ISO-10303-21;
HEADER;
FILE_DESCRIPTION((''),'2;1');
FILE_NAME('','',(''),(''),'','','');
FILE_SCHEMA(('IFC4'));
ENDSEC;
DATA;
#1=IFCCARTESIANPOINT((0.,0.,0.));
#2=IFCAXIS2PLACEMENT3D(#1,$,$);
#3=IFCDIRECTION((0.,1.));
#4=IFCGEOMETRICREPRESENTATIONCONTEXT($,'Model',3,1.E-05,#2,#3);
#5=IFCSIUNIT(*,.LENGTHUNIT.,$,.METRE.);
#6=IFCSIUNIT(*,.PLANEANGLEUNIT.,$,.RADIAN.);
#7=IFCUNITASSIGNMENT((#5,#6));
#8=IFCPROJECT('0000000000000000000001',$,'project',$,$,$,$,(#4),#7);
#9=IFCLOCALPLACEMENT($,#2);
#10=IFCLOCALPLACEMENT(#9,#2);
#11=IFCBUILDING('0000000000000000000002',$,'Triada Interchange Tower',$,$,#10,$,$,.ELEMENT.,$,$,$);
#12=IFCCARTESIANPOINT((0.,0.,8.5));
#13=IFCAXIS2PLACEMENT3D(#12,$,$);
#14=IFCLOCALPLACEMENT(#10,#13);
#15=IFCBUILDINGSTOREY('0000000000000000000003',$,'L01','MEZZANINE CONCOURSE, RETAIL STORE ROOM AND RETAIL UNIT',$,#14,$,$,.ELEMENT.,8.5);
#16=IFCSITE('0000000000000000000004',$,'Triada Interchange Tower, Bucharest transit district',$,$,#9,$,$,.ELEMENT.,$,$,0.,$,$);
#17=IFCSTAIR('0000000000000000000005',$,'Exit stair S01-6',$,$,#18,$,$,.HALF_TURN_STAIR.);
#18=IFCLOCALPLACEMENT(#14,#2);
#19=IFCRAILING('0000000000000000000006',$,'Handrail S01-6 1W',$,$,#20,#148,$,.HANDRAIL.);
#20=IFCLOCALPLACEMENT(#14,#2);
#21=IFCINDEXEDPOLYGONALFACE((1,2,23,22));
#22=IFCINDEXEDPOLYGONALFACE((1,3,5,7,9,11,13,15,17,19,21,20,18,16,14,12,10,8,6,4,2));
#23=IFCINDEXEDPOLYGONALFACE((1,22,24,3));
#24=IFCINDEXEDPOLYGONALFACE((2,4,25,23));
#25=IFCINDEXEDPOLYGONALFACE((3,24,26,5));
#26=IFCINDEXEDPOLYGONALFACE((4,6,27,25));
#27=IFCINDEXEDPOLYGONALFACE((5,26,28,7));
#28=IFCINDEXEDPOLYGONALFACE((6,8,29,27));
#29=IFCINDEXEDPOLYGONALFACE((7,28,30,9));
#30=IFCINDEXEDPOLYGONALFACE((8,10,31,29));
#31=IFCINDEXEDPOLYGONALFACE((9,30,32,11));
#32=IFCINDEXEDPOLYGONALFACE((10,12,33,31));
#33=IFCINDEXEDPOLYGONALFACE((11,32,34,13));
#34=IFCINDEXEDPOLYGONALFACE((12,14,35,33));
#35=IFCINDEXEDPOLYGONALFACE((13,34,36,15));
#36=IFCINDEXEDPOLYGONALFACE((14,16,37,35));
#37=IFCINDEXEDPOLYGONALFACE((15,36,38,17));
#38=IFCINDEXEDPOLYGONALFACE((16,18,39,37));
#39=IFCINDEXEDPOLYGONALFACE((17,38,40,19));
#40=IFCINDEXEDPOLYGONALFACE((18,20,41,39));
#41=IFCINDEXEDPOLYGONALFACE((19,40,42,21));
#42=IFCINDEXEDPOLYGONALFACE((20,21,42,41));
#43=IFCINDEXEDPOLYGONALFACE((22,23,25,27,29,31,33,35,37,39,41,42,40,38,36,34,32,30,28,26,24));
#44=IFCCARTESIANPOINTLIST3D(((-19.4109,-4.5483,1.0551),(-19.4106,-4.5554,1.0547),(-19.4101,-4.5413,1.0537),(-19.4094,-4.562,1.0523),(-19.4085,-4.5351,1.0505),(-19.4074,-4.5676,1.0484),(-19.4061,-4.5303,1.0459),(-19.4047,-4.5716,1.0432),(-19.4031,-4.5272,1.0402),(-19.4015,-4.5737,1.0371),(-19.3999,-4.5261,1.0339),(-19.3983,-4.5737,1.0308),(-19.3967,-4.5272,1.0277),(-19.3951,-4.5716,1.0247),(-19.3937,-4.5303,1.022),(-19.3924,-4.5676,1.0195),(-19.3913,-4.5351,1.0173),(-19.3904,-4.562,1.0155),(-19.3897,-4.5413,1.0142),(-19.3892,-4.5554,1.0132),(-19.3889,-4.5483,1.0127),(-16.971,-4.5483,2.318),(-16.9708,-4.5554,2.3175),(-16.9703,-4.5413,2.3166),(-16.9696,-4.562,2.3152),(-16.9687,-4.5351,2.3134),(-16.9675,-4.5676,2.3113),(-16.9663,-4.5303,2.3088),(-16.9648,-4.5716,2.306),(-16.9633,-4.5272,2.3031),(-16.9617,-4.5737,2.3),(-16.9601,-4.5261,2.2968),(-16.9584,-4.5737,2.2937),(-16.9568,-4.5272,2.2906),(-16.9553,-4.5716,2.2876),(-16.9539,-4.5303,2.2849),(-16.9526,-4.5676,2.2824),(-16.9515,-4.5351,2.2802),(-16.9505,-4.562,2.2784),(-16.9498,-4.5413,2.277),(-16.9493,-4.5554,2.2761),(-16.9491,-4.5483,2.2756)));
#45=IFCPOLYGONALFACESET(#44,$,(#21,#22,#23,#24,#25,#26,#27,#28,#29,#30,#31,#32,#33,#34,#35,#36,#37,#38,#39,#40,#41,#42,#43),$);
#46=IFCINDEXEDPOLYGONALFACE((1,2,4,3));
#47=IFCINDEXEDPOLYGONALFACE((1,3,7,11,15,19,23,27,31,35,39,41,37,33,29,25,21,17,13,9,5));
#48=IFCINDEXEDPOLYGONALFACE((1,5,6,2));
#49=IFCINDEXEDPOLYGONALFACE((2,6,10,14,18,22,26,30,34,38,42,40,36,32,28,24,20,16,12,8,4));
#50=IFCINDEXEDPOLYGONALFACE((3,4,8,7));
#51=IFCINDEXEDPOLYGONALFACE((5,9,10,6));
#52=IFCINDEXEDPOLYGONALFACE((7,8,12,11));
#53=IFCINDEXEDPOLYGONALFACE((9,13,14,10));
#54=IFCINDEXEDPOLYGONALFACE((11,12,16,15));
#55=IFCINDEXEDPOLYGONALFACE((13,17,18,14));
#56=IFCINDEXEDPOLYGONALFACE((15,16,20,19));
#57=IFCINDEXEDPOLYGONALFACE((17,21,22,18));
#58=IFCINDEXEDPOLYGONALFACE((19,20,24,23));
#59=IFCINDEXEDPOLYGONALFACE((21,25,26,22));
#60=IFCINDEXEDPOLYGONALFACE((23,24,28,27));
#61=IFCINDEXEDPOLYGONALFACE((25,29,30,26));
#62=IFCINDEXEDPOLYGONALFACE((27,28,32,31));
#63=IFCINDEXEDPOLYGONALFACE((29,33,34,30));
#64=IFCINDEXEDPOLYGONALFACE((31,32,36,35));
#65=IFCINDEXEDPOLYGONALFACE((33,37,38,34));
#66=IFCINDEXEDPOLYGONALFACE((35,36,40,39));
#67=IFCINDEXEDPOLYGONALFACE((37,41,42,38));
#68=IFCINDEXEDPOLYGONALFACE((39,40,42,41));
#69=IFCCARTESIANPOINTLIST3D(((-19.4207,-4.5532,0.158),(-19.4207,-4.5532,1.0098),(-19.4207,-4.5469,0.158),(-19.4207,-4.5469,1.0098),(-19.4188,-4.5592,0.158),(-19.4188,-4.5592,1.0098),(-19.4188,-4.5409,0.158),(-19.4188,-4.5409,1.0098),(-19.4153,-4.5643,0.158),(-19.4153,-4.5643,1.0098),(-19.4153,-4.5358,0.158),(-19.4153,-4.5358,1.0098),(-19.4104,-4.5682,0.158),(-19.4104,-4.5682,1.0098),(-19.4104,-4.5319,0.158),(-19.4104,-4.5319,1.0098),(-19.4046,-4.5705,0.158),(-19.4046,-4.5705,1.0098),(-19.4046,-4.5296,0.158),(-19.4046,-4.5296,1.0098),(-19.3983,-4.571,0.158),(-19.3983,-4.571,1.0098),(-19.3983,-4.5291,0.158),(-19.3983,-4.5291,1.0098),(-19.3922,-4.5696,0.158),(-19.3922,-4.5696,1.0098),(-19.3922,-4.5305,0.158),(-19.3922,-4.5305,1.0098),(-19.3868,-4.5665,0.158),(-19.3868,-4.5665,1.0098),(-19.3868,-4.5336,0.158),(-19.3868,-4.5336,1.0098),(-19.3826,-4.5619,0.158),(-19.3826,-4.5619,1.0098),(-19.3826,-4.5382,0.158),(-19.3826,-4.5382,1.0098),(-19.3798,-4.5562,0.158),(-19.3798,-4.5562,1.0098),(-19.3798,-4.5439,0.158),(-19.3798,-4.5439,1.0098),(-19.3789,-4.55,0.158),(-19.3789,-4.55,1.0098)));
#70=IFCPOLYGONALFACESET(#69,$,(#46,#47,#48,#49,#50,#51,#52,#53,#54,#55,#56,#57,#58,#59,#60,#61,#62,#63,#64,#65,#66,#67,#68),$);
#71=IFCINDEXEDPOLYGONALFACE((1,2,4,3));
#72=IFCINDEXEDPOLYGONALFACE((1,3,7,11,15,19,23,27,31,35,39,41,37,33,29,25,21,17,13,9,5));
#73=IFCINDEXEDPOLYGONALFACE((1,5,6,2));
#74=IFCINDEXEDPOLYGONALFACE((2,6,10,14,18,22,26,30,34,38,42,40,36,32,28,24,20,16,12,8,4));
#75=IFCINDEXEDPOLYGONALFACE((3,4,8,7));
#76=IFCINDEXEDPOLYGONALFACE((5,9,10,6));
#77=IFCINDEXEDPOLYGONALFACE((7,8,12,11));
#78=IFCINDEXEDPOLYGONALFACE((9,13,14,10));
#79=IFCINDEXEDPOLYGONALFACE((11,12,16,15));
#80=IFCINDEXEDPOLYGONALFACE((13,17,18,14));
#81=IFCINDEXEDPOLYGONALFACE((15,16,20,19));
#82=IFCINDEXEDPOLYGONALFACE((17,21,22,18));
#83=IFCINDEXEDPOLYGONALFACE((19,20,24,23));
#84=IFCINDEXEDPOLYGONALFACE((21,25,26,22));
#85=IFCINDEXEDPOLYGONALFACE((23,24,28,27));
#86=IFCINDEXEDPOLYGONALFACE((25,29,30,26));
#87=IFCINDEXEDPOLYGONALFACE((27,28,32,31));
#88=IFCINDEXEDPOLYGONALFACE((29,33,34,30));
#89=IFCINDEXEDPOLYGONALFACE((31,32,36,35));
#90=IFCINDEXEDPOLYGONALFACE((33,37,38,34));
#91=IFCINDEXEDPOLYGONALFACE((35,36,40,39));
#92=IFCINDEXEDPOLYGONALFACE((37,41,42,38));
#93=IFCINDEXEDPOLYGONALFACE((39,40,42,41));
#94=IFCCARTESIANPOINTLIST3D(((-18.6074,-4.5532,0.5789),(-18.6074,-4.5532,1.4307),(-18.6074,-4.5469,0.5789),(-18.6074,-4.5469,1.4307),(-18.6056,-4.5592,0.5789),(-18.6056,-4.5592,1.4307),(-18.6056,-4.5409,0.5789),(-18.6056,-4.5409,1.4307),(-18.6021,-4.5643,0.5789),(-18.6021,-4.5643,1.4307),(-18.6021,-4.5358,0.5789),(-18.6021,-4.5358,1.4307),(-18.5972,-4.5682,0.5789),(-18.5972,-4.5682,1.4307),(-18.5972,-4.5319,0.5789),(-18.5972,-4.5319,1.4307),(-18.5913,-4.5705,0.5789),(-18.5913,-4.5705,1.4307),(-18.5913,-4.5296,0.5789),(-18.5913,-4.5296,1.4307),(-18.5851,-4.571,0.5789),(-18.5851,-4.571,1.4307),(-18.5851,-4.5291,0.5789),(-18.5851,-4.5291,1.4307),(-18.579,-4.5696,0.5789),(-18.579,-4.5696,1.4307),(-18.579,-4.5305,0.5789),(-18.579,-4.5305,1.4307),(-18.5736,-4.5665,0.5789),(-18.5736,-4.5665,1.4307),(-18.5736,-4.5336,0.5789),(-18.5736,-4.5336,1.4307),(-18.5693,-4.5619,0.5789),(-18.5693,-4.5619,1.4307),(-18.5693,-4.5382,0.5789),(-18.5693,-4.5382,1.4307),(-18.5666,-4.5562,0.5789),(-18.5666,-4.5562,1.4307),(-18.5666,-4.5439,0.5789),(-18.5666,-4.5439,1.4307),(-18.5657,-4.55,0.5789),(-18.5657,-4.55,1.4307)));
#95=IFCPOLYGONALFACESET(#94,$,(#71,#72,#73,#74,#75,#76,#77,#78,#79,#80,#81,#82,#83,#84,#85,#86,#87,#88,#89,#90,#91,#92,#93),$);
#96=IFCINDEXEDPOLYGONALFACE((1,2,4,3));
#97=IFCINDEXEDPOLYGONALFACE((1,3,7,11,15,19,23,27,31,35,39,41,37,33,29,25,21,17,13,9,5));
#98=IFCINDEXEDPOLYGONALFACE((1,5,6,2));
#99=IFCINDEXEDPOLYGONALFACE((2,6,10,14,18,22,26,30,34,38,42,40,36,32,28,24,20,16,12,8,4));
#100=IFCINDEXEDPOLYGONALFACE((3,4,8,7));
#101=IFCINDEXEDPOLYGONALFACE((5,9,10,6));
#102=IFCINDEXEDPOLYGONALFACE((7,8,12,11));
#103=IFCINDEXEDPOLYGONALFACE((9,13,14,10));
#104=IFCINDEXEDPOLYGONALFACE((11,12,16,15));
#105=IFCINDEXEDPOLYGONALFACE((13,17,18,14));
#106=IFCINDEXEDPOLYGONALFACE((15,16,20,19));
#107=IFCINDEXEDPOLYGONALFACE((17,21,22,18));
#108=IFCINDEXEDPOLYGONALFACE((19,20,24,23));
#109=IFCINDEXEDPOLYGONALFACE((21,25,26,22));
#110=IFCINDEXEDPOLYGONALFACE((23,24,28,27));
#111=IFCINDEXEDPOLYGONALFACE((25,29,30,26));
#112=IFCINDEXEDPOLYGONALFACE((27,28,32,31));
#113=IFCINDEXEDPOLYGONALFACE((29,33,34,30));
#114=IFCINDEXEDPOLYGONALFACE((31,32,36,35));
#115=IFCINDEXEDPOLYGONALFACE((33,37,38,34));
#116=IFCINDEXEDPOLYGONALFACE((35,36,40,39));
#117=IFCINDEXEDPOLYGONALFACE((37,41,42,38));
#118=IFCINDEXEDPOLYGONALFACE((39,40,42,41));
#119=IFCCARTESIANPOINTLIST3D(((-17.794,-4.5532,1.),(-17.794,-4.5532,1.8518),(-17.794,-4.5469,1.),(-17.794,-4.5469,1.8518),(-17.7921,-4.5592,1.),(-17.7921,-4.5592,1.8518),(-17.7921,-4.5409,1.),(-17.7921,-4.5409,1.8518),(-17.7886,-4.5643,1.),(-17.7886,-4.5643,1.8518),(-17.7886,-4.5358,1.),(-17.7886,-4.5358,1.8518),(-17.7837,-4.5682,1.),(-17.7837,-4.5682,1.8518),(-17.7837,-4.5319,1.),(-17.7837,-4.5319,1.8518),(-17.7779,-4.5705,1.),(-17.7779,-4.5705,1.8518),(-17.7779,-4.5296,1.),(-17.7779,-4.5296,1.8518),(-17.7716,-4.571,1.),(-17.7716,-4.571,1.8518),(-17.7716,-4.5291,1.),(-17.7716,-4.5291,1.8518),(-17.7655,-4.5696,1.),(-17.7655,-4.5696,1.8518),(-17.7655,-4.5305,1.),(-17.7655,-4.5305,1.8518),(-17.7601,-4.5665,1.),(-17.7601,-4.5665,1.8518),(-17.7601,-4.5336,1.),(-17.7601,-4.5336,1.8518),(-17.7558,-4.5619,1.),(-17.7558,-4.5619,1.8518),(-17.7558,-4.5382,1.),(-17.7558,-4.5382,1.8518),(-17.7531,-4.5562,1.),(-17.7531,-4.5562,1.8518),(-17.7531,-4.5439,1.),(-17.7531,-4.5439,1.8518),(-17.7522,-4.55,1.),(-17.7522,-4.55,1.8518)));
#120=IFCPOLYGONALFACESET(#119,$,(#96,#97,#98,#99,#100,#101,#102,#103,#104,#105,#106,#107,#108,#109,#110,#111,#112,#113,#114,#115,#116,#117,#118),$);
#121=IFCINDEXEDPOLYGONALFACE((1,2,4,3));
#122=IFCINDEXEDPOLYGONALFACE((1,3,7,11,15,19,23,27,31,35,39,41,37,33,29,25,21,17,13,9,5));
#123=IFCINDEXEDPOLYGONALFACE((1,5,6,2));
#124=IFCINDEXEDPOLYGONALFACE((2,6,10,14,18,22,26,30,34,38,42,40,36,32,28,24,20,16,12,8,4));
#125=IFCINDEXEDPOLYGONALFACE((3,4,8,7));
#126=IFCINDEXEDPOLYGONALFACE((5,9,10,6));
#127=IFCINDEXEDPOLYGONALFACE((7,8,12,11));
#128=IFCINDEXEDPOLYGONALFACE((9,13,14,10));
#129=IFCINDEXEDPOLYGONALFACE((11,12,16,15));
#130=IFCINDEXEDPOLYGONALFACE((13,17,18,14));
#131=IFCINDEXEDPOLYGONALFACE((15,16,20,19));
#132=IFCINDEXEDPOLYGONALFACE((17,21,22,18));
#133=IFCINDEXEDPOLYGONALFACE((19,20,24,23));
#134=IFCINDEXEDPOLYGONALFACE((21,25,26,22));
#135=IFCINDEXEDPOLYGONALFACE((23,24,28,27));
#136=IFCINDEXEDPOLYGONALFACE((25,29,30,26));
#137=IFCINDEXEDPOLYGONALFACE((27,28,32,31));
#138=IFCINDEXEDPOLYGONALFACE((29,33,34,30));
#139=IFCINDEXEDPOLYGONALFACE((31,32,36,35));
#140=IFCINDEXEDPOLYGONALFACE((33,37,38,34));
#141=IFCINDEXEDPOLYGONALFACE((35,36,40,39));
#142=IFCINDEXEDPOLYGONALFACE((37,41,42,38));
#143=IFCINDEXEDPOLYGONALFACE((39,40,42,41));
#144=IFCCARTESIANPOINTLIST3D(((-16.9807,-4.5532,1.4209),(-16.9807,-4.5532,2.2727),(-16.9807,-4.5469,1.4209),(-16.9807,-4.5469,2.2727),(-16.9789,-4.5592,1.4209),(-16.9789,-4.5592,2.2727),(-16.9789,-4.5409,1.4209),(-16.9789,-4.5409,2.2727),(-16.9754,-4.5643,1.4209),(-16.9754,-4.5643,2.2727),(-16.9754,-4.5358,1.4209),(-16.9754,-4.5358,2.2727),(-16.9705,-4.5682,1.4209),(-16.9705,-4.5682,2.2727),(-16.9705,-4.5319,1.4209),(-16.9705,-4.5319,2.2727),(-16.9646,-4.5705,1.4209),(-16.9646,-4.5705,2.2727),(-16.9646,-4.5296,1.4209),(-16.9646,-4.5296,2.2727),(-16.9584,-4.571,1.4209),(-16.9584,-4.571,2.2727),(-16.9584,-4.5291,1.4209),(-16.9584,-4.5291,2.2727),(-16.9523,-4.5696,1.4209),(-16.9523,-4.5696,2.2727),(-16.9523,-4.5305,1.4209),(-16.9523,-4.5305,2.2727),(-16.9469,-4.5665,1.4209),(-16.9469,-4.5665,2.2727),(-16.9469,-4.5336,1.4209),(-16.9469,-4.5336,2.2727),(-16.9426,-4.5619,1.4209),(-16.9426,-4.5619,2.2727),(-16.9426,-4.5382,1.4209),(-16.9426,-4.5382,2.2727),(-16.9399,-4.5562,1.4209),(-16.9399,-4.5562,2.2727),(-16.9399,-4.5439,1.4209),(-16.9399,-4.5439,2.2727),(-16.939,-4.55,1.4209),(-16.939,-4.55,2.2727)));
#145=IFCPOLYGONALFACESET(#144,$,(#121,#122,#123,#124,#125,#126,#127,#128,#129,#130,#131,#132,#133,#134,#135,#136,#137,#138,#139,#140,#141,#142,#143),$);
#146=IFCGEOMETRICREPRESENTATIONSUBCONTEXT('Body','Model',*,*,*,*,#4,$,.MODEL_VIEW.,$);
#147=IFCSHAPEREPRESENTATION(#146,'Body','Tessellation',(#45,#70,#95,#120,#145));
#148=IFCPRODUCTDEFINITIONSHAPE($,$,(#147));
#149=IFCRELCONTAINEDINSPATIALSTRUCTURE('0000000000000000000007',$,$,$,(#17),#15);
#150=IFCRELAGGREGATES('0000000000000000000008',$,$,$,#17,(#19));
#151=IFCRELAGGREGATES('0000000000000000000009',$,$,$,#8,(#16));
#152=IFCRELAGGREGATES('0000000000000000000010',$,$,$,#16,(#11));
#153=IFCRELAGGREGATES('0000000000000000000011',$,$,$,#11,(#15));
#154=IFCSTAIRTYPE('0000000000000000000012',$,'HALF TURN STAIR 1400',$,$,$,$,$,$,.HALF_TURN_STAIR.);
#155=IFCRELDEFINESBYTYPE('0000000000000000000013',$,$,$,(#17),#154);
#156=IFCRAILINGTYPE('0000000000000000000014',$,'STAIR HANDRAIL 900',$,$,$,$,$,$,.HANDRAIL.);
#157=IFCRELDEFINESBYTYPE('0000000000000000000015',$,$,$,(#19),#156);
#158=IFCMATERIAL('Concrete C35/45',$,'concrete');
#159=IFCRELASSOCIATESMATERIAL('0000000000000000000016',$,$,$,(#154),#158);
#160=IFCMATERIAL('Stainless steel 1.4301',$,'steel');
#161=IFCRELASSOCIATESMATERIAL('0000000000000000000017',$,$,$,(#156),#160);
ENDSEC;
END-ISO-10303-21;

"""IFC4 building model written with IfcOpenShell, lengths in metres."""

from ifc_helpers import new_model, si_unit, direction, frame, origin, origin_2d, place, context, subcontext, project, spatial, circle, extrude, material, type_object, element, aggregate, save


model = new_model("IFC4")

# Units and contexts
model_context = context("Model", 3, precision=1e-05, world=origin(), true_north=direction((0.0, 1.0)))
body_context = subcontext(model_context, "Body", "Model", "MODEL_VIEW")
ifc_project = project(units=[si_unit("LENGTHUNIT", "METRE"), si_unit("PLANEANGLEUNIT", "RADIAN")], contexts=[model_context])

# Site, building, storey
site_placement = place(None, origin())
site = spatial("IfcSite", under=ifc_project, at=site_placement, Name="Triada Interchange Tower, Bucharest transit district", CompositionType="ELEMENT", RefElevation=0.0)
building_placement = place(site_placement, origin())
building = spatial("IfcBuilding", under=site, at=building_placement, Name="Triada Interchange Tower", CompositionType="ELEMENT")
storey_placement = place(building_placement, frame((0.0, 0.0, 8.5)))
storey = spatial("IfcBuildingStorey", under=building, at=storey_placement, Name="L01", Description="MEZZANINE CONCOURSE, RETAIL STORE ROOM AND RETAIL UNIT", CompositionType="ELEMENT", Elevation=8.5)

# Shared definitions
ifc_material_1 = material(Name="Concrete C35/45", Category="concrete")

# Stair, railing
stair_type = type_object("IfcStairType", Name="HALF TURN STAIR 1400", PredefinedType="HALF_TURN_STAIR", material=ifc_material_1)
stair_placement = place(storey_placement, origin())
stair = element("IfcStair", 1, at=stair_placement, inside=storey, type_object=stair_type, Name="Exit stair S01-6", PredefinedType="HALF_TURN_STAIR")
ifc_material_2 = material(Name="Stainless steel 1.4301", Category="steel")
railing_type_1 = type_object("IfcRailingType", Name="STAIR HANDRAIL 900", PredefinedType="HANDRAIL", material=ifc_material_2)
railing_1_placement = place(storey_placement, frame((-19.3999, -4.55, 0.158)))
railing_1 = element("IfcRailing", 2, at=railing_1_placement, type_object=railing_type_1, Name="Handrail S01-6 1W", PredefinedType="HANDRAIL", context=body_context, shape_type="SweptSolid", body=[
    extrude(circle(Radius=0.0239, at=origin_2d()), frame((0.0, 0.0, 0.876), z_axis=(0.888084, 0.0, 0.459682), x_axis=(0.0, 1.0, 0.0)), (0.0, 0.0, 1.0), 2.7473),
    extrude(circle(Radius=0.021, at=origin_2d()), origin(), (0.0, 0.0, 1.0), 0.8518),
    extrude(circle(Radius=0.021, at=origin_2d()), frame((0.8132, 0.0, 0.4209)), (0.0, 0.0, 1.0), 0.8518),
    extrude(circle(Radius=0.021, at=origin_2d()), frame((1.6267, 0.0, 0.842)), (0.0, 0.0, 1.0), 0.8518),
    extrude(circle(Radius=0.021, at=origin_2d()), frame((2.4399, 0.0, 1.2629)), (0.0, 0.0, 1.0), 0.8518),
])
aggregate(stair, [railing_1])

save(model, "model.ifc")
